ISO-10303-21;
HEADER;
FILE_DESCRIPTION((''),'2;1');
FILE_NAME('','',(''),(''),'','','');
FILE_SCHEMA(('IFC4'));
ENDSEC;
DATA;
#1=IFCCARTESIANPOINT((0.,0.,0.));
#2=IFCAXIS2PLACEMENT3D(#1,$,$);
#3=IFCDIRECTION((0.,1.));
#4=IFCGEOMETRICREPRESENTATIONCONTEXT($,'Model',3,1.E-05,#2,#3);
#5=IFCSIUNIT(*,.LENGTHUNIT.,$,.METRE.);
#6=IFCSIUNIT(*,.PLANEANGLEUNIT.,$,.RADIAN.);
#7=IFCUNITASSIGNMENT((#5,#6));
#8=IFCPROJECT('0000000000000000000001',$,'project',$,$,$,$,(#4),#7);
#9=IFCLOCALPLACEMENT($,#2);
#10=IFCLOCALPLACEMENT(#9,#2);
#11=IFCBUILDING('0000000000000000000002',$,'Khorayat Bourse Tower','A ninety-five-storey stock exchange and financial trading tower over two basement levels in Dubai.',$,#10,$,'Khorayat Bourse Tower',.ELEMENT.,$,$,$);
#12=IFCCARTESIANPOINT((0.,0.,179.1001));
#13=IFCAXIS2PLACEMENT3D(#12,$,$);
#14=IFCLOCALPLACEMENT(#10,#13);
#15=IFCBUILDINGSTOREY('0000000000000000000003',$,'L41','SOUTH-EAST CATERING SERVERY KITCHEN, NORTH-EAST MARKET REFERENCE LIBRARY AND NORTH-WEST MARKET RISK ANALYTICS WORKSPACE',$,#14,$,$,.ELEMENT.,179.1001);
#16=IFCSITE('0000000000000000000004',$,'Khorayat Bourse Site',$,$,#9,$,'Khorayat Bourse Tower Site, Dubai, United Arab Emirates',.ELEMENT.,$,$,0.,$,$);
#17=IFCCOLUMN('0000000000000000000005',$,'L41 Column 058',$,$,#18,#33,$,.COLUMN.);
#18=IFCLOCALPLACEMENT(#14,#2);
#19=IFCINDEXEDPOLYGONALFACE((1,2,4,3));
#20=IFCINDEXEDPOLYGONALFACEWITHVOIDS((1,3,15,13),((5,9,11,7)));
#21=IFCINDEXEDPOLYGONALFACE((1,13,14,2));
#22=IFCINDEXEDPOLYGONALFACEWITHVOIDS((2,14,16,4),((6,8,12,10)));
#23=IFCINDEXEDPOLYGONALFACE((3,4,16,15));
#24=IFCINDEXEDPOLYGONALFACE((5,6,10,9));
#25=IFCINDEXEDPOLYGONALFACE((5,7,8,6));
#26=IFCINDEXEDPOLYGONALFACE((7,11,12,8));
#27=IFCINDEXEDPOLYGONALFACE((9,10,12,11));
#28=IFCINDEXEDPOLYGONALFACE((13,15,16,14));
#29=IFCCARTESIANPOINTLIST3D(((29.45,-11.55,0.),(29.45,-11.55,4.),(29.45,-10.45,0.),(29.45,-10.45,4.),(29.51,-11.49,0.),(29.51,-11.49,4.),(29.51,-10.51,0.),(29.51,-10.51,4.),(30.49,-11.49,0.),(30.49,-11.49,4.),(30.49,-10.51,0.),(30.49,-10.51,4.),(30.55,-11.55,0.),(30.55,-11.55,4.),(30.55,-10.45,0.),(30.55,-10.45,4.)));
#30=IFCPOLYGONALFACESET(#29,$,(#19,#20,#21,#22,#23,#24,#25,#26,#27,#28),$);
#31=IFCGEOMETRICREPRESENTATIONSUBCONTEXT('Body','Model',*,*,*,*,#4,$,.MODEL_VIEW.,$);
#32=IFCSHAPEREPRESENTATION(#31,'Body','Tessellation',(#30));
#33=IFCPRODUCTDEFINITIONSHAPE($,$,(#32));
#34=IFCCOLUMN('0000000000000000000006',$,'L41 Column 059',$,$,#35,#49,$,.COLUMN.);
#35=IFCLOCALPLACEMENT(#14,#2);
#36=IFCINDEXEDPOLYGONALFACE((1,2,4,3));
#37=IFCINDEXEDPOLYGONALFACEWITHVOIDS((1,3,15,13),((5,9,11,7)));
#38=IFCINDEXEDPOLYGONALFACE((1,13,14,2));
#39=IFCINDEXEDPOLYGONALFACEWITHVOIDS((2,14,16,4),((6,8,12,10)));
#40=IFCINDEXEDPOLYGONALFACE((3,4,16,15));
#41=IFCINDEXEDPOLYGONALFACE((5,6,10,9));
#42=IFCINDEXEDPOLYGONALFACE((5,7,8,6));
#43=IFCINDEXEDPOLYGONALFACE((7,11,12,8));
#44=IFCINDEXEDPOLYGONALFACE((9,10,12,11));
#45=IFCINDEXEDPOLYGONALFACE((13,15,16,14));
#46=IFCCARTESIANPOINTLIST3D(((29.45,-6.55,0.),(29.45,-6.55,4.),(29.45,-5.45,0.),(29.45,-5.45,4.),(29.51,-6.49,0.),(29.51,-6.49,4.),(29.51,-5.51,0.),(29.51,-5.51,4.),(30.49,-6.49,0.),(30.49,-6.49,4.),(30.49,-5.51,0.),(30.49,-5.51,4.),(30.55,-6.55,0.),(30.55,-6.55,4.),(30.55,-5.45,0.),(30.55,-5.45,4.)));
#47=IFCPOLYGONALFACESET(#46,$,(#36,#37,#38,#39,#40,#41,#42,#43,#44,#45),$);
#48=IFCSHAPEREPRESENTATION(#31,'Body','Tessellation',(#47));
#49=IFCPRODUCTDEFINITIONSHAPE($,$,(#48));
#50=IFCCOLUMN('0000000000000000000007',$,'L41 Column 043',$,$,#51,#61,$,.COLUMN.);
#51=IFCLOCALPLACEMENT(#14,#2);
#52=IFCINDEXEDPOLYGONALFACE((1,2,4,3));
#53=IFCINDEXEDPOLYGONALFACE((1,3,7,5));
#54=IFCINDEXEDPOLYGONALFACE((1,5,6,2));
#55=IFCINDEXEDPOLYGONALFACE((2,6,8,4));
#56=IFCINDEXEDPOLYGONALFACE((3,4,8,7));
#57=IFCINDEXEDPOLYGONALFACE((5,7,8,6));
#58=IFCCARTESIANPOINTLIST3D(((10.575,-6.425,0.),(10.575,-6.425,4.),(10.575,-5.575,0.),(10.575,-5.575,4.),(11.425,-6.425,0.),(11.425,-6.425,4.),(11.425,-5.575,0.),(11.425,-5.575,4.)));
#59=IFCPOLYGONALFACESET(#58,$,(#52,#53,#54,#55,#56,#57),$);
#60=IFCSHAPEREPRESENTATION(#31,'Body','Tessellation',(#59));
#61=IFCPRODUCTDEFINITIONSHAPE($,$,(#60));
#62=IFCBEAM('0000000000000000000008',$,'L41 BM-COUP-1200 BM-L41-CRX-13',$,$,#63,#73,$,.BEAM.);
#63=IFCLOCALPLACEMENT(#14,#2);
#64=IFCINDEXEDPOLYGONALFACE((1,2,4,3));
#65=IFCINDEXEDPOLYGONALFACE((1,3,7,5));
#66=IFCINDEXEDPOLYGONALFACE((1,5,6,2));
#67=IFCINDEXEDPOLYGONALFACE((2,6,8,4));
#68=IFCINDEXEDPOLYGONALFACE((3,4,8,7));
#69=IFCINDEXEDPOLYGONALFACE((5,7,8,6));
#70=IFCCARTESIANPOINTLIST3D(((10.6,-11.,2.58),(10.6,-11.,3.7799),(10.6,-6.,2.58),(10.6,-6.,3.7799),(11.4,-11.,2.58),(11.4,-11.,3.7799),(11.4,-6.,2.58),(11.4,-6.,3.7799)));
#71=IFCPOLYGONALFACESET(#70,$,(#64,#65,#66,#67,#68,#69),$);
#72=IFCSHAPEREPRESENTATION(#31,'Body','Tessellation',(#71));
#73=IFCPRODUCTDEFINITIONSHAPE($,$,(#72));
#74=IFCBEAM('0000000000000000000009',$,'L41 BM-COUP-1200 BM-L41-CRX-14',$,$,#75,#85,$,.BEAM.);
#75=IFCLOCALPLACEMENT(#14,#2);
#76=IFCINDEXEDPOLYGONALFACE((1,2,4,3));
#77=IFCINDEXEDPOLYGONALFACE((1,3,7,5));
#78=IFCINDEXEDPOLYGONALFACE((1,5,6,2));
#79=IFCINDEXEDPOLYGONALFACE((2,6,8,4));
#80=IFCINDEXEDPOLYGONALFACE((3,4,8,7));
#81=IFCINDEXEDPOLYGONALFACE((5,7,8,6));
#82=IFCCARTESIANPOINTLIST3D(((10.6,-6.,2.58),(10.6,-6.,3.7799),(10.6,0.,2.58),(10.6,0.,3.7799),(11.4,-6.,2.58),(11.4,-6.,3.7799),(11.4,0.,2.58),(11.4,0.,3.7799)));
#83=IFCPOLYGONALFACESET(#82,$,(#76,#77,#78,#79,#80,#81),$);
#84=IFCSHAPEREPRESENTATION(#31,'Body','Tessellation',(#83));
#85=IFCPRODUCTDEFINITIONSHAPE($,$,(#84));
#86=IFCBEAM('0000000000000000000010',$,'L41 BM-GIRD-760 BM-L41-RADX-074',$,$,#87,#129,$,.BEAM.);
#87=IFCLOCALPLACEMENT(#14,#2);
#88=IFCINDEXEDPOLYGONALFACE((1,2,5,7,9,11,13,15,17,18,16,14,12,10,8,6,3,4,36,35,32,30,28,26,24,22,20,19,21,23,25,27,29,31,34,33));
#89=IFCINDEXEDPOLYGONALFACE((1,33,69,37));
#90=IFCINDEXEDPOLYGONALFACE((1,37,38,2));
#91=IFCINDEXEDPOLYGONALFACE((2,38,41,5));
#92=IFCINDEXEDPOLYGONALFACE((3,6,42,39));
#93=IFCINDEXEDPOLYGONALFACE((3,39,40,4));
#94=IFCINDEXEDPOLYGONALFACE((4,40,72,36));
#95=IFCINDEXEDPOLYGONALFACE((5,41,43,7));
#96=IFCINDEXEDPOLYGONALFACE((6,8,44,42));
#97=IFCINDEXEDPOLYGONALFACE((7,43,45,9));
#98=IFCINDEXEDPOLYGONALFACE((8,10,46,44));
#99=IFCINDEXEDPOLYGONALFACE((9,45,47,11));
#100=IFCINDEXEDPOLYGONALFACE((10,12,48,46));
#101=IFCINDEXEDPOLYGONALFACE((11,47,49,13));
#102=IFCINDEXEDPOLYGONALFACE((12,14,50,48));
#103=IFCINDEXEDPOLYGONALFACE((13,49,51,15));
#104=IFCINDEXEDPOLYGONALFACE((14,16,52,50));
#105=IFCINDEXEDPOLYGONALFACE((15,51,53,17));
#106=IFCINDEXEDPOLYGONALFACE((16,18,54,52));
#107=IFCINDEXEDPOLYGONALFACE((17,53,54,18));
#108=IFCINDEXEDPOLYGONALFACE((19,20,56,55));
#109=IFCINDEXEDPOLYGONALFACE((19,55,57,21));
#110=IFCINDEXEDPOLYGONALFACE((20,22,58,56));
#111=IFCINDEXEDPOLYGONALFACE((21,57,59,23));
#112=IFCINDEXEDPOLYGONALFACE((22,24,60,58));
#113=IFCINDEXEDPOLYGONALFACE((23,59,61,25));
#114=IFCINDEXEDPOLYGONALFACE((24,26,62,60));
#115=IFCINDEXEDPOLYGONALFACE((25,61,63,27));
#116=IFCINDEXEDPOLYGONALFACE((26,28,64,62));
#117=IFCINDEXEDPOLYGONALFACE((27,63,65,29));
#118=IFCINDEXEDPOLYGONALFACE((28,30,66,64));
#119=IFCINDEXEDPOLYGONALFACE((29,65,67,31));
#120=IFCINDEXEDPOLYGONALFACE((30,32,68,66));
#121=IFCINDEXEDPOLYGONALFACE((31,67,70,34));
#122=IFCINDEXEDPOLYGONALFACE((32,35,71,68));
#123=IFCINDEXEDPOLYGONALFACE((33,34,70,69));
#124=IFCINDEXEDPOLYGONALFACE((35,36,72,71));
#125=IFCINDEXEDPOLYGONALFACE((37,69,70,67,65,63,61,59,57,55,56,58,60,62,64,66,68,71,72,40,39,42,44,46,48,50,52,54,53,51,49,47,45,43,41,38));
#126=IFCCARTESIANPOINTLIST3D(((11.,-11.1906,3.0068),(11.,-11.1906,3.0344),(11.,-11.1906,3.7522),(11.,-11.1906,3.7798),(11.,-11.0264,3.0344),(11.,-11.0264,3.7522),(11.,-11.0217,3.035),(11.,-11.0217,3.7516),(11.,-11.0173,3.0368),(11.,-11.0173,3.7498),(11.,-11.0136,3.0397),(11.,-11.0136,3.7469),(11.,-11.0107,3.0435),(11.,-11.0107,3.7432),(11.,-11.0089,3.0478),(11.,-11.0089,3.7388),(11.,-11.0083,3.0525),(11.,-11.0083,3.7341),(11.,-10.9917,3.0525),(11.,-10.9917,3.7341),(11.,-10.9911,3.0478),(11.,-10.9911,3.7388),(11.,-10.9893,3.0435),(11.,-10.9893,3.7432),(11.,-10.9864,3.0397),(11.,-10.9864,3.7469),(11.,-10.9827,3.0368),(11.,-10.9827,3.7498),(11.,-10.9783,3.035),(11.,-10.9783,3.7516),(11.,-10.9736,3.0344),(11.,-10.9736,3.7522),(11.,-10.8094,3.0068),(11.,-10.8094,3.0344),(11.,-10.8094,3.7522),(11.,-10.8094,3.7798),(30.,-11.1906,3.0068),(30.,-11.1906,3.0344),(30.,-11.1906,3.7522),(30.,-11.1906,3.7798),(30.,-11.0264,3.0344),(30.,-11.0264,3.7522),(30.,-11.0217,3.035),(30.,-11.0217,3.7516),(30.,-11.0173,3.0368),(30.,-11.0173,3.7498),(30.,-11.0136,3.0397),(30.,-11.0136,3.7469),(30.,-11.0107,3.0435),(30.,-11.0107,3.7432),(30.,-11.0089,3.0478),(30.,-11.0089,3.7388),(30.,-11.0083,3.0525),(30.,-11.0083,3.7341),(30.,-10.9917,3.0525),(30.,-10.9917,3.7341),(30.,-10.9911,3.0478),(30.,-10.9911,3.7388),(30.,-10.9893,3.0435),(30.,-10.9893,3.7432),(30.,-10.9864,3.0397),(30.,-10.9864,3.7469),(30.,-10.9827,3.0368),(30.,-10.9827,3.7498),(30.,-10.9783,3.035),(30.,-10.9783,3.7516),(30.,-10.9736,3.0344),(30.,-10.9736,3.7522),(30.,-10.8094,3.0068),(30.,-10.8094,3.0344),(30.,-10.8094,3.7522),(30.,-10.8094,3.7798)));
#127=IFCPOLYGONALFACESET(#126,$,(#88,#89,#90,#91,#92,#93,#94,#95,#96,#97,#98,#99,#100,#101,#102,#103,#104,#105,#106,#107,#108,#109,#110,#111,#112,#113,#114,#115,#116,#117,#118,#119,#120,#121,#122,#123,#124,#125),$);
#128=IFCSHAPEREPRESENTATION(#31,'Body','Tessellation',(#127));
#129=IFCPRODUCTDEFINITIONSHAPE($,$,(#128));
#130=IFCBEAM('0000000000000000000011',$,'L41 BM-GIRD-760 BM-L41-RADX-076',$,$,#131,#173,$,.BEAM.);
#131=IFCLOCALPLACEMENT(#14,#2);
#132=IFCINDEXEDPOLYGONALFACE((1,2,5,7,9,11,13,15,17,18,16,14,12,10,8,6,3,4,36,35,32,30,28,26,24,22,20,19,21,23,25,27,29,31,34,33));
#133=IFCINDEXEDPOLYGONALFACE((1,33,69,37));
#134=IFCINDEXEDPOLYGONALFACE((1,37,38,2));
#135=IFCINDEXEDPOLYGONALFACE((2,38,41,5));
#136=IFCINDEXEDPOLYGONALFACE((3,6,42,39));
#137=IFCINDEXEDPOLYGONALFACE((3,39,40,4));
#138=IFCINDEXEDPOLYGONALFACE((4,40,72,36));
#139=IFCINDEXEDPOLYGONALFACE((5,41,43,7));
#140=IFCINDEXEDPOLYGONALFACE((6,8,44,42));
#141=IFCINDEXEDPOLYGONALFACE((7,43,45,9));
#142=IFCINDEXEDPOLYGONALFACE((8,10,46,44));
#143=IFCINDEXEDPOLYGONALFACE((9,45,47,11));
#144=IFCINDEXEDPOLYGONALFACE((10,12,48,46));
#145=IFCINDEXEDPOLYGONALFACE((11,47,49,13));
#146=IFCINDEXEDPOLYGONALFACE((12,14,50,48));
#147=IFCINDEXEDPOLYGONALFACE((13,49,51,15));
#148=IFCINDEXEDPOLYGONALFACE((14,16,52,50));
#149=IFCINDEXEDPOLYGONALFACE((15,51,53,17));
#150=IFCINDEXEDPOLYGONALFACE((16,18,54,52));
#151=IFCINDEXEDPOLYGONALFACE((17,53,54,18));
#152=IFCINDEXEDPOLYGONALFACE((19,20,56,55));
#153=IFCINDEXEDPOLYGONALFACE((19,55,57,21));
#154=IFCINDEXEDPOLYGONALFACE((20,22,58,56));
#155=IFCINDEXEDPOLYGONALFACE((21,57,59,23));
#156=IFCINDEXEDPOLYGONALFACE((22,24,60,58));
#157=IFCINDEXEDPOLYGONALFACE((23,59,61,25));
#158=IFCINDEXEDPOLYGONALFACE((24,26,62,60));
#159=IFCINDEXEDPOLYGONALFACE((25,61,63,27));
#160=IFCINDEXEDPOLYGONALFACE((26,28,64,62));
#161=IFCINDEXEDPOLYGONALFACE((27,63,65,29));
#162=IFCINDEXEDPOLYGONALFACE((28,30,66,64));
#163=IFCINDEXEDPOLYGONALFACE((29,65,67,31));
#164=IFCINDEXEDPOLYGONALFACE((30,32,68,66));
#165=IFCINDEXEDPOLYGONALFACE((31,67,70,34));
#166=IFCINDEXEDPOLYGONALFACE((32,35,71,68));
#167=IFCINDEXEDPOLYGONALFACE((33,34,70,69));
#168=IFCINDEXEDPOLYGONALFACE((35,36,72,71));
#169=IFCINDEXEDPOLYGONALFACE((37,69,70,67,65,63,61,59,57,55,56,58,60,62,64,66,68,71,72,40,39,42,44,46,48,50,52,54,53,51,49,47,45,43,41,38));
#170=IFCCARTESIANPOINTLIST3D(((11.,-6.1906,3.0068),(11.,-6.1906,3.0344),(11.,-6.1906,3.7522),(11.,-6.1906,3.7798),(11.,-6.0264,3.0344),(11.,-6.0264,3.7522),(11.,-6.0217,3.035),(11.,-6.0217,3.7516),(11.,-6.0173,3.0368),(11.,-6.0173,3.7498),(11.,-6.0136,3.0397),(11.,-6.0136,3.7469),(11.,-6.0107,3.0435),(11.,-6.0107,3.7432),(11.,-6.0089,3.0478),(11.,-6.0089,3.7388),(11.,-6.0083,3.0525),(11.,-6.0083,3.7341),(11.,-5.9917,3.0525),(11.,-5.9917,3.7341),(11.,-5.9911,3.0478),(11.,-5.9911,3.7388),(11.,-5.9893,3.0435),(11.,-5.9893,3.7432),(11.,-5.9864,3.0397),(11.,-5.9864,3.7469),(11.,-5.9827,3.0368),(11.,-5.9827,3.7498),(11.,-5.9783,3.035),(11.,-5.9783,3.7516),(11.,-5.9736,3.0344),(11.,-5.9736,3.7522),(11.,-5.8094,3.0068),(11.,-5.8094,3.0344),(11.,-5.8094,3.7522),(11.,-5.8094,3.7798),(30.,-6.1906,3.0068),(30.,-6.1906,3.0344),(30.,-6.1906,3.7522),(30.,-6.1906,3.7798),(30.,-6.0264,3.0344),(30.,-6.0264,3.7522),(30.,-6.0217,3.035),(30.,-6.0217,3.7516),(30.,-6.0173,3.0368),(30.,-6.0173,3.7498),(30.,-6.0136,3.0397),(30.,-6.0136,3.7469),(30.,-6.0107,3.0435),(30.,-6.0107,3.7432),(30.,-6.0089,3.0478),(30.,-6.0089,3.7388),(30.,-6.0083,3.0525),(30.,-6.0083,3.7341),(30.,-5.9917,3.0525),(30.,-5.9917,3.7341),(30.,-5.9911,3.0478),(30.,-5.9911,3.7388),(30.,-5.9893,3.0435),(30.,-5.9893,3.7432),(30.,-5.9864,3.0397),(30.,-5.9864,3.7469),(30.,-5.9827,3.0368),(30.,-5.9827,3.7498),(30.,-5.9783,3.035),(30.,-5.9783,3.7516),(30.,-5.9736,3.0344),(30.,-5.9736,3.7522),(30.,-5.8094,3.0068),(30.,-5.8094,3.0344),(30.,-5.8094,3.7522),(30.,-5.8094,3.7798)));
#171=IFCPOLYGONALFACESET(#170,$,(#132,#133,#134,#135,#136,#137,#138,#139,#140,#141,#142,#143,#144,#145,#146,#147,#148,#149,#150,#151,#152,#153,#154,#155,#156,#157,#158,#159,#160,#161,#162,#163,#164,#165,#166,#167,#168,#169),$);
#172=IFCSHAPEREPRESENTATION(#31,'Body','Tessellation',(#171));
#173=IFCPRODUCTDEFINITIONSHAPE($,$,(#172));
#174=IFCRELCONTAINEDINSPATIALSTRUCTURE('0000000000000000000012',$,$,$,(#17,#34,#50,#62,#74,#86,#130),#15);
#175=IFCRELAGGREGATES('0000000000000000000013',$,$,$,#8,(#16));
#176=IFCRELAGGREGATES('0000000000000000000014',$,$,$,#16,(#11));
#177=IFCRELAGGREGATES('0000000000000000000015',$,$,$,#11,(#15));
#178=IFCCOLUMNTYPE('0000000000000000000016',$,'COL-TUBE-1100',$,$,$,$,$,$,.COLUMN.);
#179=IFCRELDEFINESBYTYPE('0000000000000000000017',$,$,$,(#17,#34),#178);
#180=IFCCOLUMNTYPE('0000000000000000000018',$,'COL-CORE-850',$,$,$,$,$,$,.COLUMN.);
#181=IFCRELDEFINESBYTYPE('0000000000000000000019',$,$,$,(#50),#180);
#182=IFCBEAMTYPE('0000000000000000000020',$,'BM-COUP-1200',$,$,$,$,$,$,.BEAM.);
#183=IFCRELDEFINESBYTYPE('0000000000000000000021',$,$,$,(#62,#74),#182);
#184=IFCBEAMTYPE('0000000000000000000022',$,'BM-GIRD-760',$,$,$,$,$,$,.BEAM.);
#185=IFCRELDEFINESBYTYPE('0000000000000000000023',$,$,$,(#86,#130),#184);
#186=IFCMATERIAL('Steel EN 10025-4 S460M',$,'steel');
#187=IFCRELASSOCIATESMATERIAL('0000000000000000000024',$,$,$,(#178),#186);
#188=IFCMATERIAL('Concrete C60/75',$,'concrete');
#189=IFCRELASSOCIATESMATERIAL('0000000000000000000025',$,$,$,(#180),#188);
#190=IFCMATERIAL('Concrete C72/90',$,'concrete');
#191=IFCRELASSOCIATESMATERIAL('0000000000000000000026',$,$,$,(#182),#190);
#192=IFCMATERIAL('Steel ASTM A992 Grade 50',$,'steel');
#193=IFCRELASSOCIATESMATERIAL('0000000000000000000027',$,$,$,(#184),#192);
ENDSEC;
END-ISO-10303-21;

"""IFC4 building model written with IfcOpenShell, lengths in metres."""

from ifc_helpers import new_model, si_unit, direction, frame, origin, origin_2d, place, context, subcontext, project, spatial, rectangle, hollow_rectangle, i_section, extrude, source, transform, mapped, material, material_profile, profile_set, type_object, element, save


model = new_model("IFC4")

# Units and contexts
model_context = context("Model", 3, precision=1e-05, world=origin(), true_north=direction((0.0, 1.0)))
body_context = subcontext(model_context, "Body", "Model", "MODEL_VIEW")
ifc_project = project(units=[si_unit("LENGTHUNIT", "METRE"), si_unit("PLANEANGLEUNIT", "RADIAN")], contexts=[model_context])

# Site, building, storey
site_placement = place(None, origin())
site = spatial("IfcSite", under=ifc_project, at=site_placement, Name="Khorayat Bourse Site", LongName="Khorayat Bourse Tower Site, Dubai, United Arab Emirates", CompositionType="ELEMENT", RefElevation=0.0)
building_placement = place(site_placement, origin())
building = spatial("IfcBuilding", under=site, at=building_placement, Name="Khorayat Bourse Tower", Description="A ninety-five-storey stock exchange and financial trading tower over two basement levels in Dubai.", LongName="Khorayat Bourse Tower", CompositionType="ELEMENT")
storey_placement = place(building_placement, frame((0.0, 0.0, 179.1001)))
storey = spatial("IfcBuildingStorey", under=building, at=storey_placement, Name="L41", Description="SOUTH-EAST CATERING SERVERY KITCHEN, NORTH-EAST MARKET REFERENCE LIBRARY AND NORTH-WEST MARKET RISK ANALYTICS WORKSPACE", CompositionType="ELEMENT", Elevation=179.1001)

# Columns
ifc_material_1 = material(Name="Steel EN 10025-4 S460M", Category="steel")
ifc_material_profile_1 = material_profile(ifc_material_1, hollow_rectangle(XDim=1.1001, YDim=1.1001, WallThickness=0.0601, at=origin_2d()), Name="BOX 1100x1100x60")
ifc_profile_set_1 = profile_set([ifc_material_profile_1], Name="Steel EN 10025-4 S460M")
column_type_1 = type_object("IfcColumnType", Name="COL-TUBE-1100", PredefinedType="COLUMN", material=ifc_profile_set_1)
shared_shape_1 = source(origin(), body_context, "Body", "SweptSolid", [
    extrude(hollow_rectangle(XDim=1.1001, YDim=1.1001, WallThickness=0.0601, at=origin_2d()), origin(), (0.0, 0.0, 1.0), 4.0),
])
for number, where, z_axis, x_axis, name in (
    (1, (30.0, -11.0, 0.0), (0.0, 0.0, 1.0), (1.0, 0.0, 0.0), "L41 Column 058"),
    (2, (30.0, -6.0, 0.0), (0.0, 0.0, 1.0), (1.0, 0.0, 0.0), "L41 Column 059"),
):
    element("IfcColumn", number, at=place(storey_placement, frame(where, z_axis=z_axis, x_axis=x_axis)), inside=storey, type_object=column_type_1, Name=name, PredefinedType="COLUMN", context=body_context, shape_type="MappedRepresentation", body=[
        mapped(shared_shape_1, transform((0.0, 0.0, 0.0), scale=1.0)),
    ])
ifc_material_2 = material(Name="Concrete C60/75", Category="concrete")
ifc_material_profile_2 = material_profile(ifc_material_2, rectangle(XDim=0.8501, YDim=0.8501, at=origin_2d()), Name="RC 850x850")
ifc_profile_set_2 = profile_set([ifc_material_profile_2], Name="Concrete C60/75")
column_type_2 = type_object("IfcColumnType", Name="COL-CORE-850", PredefinedType="COLUMN", material=ifc_profile_set_2)
shared_shape_2 = source(origin(), body_context, "Body", "SweptSolid", [
    extrude(rectangle(XDim=0.8501, YDim=0.8501, at=origin_2d()), origin(), (0.0, 0.0, 1.0), 4.0),
])
column_placement = place(storey_placement, frame((11.0, -6.0, 0.0), z_axis=(0.0, 0.0, 1.0), x_axis=(1.0, 0.0, 0.0)))
element("IfcColumn", 3, at=column_placement, inside=storey, type_object=column_type_2, Name="L41 Column 043", PredefinedType="COLUMN", context=body_context, shape_type="MappedRepresentation", body=[
    mapped(shared_shape_2, transform((0.0, 0.0, 0.0), scale=1.0)),
])

# Beams
ifc_material_3 = material(Name="Concrete C72/90", Category="concrete")
ifc_material_profile_3 = material_profile(ifc_material_3, rectangle(XDim=0.8, YDim=1.2, at=origin_2d()), Name="RC 800x1200")
ifc_profile_set_3 = profile_set([ifc_material_profile_3], Name="Concrete C72/90")
beam_type_1 = type_object("IfcBeamType", Name="BM-COUP-1200", PredefinedType="BEAM", material=ifc_profile_set_3)
shared_shape_3 = source(origin(), body_context, "Body", "SweptSolid", [
    extrude(rectangle(XDim=0.8, YDim=1.2, at=origin_2d()), origin(), (0.0, 0.0, 1.0), 5.0),
])
beam_1_placement = place(storey_placement, frame((11.0, -11.0, 3.1799), z_axis=(0.0, 1.0, 0.0), x_axis=(-1.0, 0.0, 0.0)))
element("IfcBeam", 4, at=beam_1_placement, inside=storey, type_object=beam_type_1, Name="L41 BM-COUP-1200 BM-L41-CRX-13", PredefinedType="BEAM", context=body_context, shape_type="MappedRepresentation", body=[
    mapped(shared_shape_3, transform((0.0, 0.0, 0.0), scale=1.0)),
])
shared_shape_4 = source(origin(), body_context, "Body", "SweptSolid", [
    extrude(rectangle(XDim=0.8, YDim=1.2, at=origin_2d()), origin(), (0.0, 0.0, 1.0), 6.0),
])
beam_2_placement = place(storey_placement, frame((11.0, -6.0, 3.1799), z_axis=(0.0, 1.0, 0.0), x_axis=(-1.0, 0.0, 0.0)))
element("IfcBeam", 5, at=beam_2_placement, inside=storey, type_object=beam_type_1, Name="L41 BM-COUP-1200 BM-L41-CRX-14", PredefinedType="BEAM", context=body_context, shape_type="MappedRepresentation", body=[
    mapped(shared_shape_4, transform((0.0, 0.0, 0.0), scale=1.0)),
])
ifc_material_4 = material(Name="Steel ASTM A992 Grade 50", Category="steel")
ifc_material_profile_4 = material_profile(ifc_material_4, i_section(OverallWidth=0.3811, OverallDepth=0.7729, WebThickness=0.0166, FlangeThickness=0.0276, FilletRadius=0.0181, at=origin_2d()), Name="W760X257")
ifc_profile_set_4 = profile_set([ifc_material_profile_4], Name="Steel ASTM A992 Grade 50")
beam_type_2 = type_object("IfcBeamType", Name="BM-GIRD-760", PredefinedType="BEAM", material=ifc_profile_set_4)
shared_shape_5 = source(origin(), body_context, "Body", "SweptSolid", [
    extrude(i_section(OverallWidth=0.3811, OverallDepth=0.7729, WebThickness=0.0166, FlangeThickness=0.0276, FilletRadius=0.0181, at=origin_2d()), origin(), (0.0, 0.0, 1.0), 19.0),
])
for number, where, z_axis, x_axis, name in (
    (6, (11.0, -11.0, 3.3933), (1.0, 0.0, 0.0), (0.0, 1.0, 0.0), "L41 BM-GIRD-760 BM-L41-RADX-074"),
    (7, (11.0, -6.0, 3.3933), (1.0, 0.0, 0.0), (0.0, 1.0, 0.0), "L41 BM-GIRD-760 BM-L41-RADX-076"),
):
    element("IfcBeam", number, at=place(storey_placement, frame(where, z_axis=z_axis, x_axis=x_axis)), inside=storey, type_object=beam_type_2, Name=name, PredefinedType="BEAM", context=body_context, shape_type="MappedRepresentation", body=[
        mapped(shared_shape_5, transform((0.0, 0.0, 0.0), scale=1.0)),
    ])

save(model, "model.ifc")
